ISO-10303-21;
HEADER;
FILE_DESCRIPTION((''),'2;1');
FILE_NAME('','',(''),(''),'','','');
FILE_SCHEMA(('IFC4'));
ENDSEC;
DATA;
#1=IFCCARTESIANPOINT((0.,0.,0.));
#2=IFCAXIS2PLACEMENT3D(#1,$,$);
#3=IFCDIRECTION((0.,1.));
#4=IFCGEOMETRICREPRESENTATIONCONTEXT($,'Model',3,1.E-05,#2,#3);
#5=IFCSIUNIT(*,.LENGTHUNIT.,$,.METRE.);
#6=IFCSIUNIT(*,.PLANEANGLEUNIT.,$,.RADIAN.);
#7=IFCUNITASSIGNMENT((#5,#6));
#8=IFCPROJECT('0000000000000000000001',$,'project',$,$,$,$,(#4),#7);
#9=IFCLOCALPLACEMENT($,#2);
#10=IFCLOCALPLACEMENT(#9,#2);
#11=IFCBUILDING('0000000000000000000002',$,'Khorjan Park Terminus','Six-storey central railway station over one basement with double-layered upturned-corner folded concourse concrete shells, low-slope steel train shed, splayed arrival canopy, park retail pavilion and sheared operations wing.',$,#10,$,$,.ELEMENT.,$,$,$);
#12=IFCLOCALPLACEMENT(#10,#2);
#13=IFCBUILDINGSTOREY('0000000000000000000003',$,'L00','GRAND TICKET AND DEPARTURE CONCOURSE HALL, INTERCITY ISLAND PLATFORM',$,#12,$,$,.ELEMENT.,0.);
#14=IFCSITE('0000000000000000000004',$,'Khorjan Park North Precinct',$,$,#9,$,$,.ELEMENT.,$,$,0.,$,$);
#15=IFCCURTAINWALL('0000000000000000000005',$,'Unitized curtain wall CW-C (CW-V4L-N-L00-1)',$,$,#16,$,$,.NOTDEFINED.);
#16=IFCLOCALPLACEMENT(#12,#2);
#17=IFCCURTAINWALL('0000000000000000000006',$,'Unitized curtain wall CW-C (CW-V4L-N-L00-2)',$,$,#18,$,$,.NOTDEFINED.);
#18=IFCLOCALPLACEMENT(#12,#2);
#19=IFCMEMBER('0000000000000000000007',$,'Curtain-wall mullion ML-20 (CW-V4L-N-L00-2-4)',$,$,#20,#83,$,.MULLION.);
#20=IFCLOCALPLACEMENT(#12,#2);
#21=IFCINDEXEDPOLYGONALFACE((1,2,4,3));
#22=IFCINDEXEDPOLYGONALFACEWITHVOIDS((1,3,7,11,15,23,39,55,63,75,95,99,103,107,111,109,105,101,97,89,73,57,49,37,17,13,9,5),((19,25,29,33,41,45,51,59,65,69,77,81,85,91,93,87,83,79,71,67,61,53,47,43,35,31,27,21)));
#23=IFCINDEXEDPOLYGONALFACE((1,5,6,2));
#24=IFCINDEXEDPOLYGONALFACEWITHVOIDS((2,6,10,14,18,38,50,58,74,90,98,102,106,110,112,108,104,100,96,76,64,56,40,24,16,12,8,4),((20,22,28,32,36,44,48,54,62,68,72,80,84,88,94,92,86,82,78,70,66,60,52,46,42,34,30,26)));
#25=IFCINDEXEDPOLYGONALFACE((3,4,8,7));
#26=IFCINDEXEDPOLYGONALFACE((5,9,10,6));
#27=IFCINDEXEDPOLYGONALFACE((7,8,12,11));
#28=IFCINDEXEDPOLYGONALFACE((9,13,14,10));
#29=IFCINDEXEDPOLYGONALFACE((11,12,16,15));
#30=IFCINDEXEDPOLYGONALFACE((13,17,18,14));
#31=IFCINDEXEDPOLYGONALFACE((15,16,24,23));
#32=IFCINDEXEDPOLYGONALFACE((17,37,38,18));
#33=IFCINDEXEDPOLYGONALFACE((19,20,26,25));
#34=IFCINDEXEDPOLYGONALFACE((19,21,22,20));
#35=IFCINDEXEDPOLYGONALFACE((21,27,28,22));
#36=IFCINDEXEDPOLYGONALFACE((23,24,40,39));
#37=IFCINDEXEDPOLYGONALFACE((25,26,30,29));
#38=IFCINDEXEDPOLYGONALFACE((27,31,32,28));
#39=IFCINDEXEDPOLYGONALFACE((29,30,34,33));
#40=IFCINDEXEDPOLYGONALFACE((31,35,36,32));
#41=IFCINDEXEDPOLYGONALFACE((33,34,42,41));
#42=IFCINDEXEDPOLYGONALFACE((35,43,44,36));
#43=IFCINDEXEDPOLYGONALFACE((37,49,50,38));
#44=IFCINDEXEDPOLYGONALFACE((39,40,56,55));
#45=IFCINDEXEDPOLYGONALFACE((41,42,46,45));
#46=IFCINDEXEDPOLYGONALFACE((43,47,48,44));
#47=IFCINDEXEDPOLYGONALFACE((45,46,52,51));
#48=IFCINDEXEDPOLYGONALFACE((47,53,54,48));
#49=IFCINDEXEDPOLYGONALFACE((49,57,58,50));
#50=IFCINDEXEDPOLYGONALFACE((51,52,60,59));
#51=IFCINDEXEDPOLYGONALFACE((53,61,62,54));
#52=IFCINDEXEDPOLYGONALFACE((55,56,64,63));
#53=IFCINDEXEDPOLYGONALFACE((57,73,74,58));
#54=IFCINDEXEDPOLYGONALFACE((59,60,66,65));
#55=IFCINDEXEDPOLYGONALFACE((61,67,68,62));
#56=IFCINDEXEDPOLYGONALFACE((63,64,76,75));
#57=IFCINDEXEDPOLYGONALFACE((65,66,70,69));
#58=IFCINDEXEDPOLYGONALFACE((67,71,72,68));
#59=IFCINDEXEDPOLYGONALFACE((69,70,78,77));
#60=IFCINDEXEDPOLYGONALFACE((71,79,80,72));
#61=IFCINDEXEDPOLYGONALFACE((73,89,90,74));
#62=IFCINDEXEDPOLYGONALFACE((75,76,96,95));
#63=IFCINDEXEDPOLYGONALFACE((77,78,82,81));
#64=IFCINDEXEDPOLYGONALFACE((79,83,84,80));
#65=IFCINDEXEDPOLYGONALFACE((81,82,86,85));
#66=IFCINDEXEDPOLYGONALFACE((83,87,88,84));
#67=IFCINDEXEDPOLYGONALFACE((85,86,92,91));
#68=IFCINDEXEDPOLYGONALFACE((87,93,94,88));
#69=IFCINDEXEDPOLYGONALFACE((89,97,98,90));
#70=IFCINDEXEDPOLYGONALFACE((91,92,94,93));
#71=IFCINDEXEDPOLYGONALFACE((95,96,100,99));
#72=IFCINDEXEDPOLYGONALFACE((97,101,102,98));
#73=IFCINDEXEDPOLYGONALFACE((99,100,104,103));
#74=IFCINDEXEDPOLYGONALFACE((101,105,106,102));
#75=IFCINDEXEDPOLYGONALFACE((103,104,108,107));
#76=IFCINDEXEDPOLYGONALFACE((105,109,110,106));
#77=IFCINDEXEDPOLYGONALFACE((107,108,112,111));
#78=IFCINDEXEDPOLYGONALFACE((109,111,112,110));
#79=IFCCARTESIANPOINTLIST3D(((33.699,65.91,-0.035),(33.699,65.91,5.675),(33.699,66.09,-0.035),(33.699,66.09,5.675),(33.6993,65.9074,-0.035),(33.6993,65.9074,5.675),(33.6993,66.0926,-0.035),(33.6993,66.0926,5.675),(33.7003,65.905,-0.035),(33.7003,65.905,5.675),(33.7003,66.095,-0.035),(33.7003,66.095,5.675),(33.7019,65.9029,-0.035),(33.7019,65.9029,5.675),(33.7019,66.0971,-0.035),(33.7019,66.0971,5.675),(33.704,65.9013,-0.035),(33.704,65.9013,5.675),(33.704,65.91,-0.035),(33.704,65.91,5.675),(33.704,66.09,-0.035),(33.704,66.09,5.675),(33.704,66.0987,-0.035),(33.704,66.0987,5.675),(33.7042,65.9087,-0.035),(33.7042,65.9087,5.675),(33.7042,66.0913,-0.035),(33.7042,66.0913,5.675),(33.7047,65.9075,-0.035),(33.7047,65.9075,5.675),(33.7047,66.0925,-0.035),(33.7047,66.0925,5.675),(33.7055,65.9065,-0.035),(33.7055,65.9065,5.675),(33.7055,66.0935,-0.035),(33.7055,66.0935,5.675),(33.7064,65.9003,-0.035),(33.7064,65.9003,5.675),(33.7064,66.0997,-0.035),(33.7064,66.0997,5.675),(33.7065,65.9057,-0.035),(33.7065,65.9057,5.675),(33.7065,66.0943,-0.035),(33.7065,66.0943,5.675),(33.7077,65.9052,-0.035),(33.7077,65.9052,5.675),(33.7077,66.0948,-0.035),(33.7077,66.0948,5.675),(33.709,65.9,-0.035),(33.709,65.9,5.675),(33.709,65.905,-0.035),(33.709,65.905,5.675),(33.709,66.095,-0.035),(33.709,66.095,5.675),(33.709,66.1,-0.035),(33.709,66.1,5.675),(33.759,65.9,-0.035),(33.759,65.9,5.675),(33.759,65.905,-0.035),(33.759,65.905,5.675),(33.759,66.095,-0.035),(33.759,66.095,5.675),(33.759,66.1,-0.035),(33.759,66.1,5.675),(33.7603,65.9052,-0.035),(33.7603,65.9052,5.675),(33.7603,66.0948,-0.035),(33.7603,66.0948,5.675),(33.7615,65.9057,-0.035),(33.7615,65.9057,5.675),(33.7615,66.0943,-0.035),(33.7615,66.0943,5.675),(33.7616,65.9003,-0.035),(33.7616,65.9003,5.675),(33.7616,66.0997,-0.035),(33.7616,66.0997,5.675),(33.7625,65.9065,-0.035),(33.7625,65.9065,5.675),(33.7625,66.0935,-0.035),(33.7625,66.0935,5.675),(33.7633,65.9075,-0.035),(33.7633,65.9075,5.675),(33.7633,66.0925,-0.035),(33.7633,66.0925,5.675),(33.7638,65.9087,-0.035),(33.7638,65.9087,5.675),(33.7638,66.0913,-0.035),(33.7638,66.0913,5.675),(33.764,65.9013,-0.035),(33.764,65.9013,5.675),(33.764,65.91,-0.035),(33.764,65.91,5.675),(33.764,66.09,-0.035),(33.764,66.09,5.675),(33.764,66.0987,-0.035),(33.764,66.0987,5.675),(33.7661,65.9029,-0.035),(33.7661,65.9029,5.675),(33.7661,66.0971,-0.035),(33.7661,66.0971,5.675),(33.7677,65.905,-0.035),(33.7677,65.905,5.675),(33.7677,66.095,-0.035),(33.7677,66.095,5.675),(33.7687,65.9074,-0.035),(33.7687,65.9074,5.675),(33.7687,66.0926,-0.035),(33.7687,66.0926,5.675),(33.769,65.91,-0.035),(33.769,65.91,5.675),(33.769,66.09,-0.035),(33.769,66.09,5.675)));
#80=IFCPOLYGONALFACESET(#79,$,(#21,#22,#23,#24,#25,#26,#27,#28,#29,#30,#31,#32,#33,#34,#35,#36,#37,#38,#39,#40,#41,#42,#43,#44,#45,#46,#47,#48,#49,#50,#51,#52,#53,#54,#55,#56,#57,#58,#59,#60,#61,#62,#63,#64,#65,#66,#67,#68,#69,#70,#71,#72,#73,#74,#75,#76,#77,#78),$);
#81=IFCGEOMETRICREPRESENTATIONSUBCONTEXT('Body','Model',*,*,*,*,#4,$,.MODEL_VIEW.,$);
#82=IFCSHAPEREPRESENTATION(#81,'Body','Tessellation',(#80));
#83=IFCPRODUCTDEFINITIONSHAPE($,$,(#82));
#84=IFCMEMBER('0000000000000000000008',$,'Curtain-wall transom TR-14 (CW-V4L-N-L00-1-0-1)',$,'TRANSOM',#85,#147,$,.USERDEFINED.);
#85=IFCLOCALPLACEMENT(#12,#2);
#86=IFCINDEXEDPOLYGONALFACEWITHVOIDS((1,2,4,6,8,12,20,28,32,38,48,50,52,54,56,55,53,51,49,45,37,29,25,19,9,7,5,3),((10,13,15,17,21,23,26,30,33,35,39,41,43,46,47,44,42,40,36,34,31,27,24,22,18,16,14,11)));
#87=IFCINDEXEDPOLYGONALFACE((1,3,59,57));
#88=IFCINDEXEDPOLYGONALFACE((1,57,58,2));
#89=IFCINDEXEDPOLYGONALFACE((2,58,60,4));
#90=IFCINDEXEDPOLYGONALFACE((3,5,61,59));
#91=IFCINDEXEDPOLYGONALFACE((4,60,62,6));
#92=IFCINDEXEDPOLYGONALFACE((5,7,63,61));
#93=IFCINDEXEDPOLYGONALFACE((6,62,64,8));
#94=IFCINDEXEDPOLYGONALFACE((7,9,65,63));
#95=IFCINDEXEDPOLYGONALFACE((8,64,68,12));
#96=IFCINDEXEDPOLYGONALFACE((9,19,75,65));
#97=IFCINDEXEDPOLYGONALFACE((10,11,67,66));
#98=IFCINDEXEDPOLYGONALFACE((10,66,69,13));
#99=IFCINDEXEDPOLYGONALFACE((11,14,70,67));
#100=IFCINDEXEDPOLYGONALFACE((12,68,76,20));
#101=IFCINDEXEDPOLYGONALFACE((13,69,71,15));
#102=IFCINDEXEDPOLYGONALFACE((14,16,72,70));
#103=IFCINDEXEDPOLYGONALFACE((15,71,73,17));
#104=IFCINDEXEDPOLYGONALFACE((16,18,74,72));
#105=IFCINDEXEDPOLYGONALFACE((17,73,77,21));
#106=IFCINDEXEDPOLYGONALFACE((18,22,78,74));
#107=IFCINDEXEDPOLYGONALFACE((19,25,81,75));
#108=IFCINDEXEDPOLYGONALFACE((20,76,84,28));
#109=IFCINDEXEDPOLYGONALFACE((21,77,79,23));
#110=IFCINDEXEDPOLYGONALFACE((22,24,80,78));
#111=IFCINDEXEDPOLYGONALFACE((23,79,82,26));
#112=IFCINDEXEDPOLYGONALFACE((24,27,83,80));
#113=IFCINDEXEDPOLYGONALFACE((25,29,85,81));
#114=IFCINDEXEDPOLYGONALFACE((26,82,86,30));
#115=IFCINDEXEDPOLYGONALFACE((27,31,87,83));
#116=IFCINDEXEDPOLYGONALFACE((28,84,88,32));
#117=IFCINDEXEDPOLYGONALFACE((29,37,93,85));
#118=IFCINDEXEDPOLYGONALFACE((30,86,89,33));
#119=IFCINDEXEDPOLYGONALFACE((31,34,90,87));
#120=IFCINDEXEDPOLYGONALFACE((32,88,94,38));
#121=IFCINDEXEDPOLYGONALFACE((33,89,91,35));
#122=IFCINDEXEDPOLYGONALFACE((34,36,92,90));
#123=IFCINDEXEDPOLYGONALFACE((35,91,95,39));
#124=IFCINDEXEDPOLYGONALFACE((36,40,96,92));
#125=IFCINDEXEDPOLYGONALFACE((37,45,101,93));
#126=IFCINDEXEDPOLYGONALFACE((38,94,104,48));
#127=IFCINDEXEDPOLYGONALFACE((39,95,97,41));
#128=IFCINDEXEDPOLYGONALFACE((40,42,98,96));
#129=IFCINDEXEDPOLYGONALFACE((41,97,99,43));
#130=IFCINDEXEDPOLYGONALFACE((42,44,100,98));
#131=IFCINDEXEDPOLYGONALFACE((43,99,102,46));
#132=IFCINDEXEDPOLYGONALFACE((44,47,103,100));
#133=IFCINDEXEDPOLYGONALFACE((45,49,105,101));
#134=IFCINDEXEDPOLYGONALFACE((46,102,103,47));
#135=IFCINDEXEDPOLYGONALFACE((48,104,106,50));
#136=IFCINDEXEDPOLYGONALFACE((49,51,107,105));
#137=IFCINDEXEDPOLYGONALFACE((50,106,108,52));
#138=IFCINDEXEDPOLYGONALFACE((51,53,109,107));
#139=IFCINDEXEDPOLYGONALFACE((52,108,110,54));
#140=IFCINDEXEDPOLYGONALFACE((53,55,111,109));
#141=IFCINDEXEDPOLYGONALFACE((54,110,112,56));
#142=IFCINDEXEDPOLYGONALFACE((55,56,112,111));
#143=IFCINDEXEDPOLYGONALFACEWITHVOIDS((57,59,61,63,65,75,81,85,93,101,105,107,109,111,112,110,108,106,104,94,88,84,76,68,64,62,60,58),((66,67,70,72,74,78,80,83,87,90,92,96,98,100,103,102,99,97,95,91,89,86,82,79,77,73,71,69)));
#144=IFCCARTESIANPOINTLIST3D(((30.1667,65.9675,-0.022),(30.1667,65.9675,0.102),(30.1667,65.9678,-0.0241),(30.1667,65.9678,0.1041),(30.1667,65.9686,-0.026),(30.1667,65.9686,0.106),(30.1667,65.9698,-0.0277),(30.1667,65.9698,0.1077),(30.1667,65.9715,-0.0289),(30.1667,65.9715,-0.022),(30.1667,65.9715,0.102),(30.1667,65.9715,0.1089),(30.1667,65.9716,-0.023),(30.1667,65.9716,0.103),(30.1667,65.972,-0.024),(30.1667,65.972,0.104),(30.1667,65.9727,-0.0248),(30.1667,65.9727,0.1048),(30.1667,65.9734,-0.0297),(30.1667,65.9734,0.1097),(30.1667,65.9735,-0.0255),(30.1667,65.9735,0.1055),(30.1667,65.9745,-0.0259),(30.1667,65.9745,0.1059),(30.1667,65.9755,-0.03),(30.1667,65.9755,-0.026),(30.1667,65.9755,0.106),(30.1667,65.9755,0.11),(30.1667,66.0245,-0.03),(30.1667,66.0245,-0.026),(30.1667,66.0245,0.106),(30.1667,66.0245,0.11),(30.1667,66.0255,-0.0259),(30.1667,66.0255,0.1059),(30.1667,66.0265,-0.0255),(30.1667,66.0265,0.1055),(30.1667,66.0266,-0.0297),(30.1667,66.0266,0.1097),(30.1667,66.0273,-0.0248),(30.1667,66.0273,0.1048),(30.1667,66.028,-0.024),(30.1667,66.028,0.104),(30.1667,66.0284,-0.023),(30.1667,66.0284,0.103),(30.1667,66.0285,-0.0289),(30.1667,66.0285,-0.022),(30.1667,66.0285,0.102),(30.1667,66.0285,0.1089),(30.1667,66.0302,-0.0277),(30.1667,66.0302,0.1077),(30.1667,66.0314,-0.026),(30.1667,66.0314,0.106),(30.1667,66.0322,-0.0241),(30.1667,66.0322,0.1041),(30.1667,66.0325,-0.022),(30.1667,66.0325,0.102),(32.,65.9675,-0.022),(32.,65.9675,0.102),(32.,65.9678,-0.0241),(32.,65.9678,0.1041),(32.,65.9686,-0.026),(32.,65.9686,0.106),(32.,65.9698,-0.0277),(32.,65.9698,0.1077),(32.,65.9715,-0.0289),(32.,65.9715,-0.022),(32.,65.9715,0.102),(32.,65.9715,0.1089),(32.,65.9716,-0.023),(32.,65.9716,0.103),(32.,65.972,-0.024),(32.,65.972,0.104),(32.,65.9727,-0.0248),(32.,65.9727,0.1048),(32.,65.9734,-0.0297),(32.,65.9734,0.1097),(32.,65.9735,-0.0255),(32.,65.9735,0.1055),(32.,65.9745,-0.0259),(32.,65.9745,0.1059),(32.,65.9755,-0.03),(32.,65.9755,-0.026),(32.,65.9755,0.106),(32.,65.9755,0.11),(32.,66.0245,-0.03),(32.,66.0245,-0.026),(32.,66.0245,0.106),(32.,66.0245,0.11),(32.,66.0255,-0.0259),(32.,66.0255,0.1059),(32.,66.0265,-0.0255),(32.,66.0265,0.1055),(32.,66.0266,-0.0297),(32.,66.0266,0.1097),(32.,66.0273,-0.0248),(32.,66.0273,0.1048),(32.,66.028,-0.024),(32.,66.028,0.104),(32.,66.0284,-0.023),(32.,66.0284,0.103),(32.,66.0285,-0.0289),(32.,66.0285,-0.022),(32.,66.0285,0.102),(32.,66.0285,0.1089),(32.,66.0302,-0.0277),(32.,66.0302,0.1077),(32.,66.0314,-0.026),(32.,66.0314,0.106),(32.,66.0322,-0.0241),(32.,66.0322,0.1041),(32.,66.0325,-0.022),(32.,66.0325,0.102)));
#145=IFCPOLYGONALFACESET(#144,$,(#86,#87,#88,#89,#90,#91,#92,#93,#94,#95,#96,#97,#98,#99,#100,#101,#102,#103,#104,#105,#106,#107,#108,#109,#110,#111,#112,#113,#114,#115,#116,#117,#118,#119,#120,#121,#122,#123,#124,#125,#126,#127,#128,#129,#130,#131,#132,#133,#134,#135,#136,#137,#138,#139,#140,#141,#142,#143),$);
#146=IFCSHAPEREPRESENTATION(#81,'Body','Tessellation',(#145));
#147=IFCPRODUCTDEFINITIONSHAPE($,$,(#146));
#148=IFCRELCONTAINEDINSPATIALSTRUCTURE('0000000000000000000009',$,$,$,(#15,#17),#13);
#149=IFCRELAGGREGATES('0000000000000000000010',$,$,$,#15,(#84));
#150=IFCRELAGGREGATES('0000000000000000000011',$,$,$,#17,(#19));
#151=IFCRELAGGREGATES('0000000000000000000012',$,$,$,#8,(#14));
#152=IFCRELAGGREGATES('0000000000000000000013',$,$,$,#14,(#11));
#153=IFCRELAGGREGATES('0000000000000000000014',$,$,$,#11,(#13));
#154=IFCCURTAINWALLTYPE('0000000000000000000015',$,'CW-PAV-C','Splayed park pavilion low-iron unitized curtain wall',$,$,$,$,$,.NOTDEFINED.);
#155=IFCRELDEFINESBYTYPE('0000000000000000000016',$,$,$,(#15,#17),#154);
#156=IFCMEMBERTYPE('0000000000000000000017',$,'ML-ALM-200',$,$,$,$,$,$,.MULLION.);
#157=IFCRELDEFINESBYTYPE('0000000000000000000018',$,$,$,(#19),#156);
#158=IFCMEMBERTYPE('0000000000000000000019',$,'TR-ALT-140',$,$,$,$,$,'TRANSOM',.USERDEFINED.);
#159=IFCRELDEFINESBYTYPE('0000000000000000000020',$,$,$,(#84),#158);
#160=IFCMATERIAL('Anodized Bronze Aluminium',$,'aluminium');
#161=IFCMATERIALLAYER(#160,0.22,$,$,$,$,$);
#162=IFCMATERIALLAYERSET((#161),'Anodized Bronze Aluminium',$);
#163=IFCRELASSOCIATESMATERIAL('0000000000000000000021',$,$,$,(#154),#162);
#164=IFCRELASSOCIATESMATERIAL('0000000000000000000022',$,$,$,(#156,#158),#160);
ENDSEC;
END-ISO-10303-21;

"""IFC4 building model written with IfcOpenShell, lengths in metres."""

from ifc_helpers import new_model, si_unit, direction, frame, origin, origin_2d, place, context, subcontext, project, spatial, hollow_rectangle, extrude, material, layer, layer_set, material_profile, profile_set, type_object, element, aggregate, save


model = new_model("IFC4")

# Units and contexts
model_context = context("Model", 3, precision=1e-05, world=origin(), true_north=direction((0.0, 1.0)))
body_context = subcontext(model_context, "Body", "Model", "MODEL_VIEW")
ifc_project = project(units=[si_unit("LENGTHUNIT", "METRE"), si_unit("PLANEANGLEUNIT", "RADIAN")], contexts=[model_context])

# Site, building, storey
site_placement = place(None, origin())
site = spatial("IfcSite", under=ifc_project, at=site_placement, Name="Khorjan Park North Precinct", CompositionType="ELEMENT", RefElevation=0.0)
building_placement = place(site_placement, origin())
building = spatial("IfcBuilding", under=site, at=building_placement, Name="Khorjan Park Terminus", Description="Six-storey central railway station over one basement with double-layered upturned-corner folded concourse concrete shells, low-slope steel train shed, splayed arrival canopy, park retail pavilion and sheared operations wing.", CompositionType="ELEMENT")
storey_placement = place(building_placement, origin())
storey = spatial("IfcBuildingStorey", under=building, at=storey_placement, Name="L00", Description="GRAND TICKET AND DEPARTURE CONCOURSE HALL, INTERCITY ISLAND PLATFORM", CompositionType="ELEMENT", Elevation=0.0)

# Curtain wall
ifc_material_1 = material(Name="Anodized Bronze Aluminium", Category="aluminium")
ifc_layer_1 = layer(ifc_material_1, 0.22)
ifc_layer_set_1 = layer_set([ifc_layer_1], Name="Anodized Bronze Aluminium")
curtain_wall_type = type_object("IfcCurtainWallType", Name="CW-PAV-C", Description="Splayed park pavilion low-iron unitized curtain wall", PredefinedType="NOTDEFINED", material=ifc_layer_set_1)
curtain_wall_1_placement = place(storey_placement, origin())
curtain_wall_1 = element("IfcCurtainWall", 1, at=curtain_wall_1_placement, inside=storey, type_object=curtain_wall_type, Name="Unitized curtain wall CW-C (CW-V4L-N-L00-1)", PredefinedType="NOTDEFINED")
ifc_material_profile_1 = material_profile(ifc_material_1, hollow_rectangle(XDim=0.07, YDim=0.2, WallThickness=0.005, InnerFilletRadius=0.005, OuterFilletRadius=0.01, at=origin_2d()), Name="ALM 70x200x5")
ifc_profile_set_1 = profile_set([ifc_material_profile_1], Name="Anodized Bronze Aluminium")
member_type_1 = type_object("IfcMemberType", Name="ML-ALM-200", PredefinedType="MULLION", material=ifc_profile_set_1)

# Curtain wall, member
curtain_wall_2_placement = place(storey_placement, origin())
curtain_wall_2 = element("IfcCurtainWall", 2, at=curtain_wall_2_placement, inside=storey, type_object=curtain_wall_type, Name="Unitized curtain wall CW-C (CW-V4L-N-L00-2)", PredefinedType="NOTDEFINED")
member_1_placement = place(storey_placement, frame((33.734, 66.0, -0.035), z_axis=(0.0, 0.0, 1.0), x_axis=(-1.0, 0.0, 0.0)))
member_1 = element("IfcMember", 3, at=member_1_placement, type_object=member_type_1, Name="Curtain-wall mullion ML-20 (CW-V4L-N-L00-2-4)", PredefinedType="MULLION", context=body_context, shape_type="SweptSolid", body=[
    extrude(hollow_rectangle(XDim=0.07, YDim=0.2, WallThickness=0.005, InnerFilletRadius=0.005, OuterFilletRadius=0.01, at=origin_2d()), origin(), (0.0, 0.0, 1.0), 5.71),
])

# Member
ifc_material_profile_2 = material_profile(ifc_material_1, hollow_rectangle(XDim=0.065, YDim=0.14, WallThickness=0.004, InnerFilletRadius=0.004, OuterFilletRadius=0.008, at=origin_2d()), Name="ALT 65x140x4")
ifc_profile_set_2 = profile_set([ifc_material_profile_2], Name="Anodized Bronze Aluminium")
member_type_2 = type_object("IfcMemberType", Name="TR-ALT-140", ElementType="TRANSOM", PredefinedType="USERDEFINED", material=ifc_profile_set_2)
member_2_placement = place(storey_placement, frame((32.0, 66.0, 0.04), z_axis=(-1.0, 0.0, 0.0), x_axis=(0.0, -1.0, 0.0)))
member_2 = element("IfcMember", 4, at=member_2_placement, type_object=member_type_2, Name="Curtain-wall transom TR-14 (CW-V4L-N-L00-1-0-1)", ObjectType="TRANSOM", PredefinedType="USERDEFINED", context=body_context, shape_type="SweptSolid", body=[
    extrude(hollow_rectangle(XDim=0.065, YDim=0.14, WallThickness=0.004, InnerFilletRadius=0.004, OuterFilletRadius=0.008, at=origin_2d()), origin(), (0.0, 0.0, 1.0), 1.8333),
])

aggregate(curtain_wall_1, [member_2])
aggregate(curtain_wall_2, [member_1])

save(model, "model.ifc")
